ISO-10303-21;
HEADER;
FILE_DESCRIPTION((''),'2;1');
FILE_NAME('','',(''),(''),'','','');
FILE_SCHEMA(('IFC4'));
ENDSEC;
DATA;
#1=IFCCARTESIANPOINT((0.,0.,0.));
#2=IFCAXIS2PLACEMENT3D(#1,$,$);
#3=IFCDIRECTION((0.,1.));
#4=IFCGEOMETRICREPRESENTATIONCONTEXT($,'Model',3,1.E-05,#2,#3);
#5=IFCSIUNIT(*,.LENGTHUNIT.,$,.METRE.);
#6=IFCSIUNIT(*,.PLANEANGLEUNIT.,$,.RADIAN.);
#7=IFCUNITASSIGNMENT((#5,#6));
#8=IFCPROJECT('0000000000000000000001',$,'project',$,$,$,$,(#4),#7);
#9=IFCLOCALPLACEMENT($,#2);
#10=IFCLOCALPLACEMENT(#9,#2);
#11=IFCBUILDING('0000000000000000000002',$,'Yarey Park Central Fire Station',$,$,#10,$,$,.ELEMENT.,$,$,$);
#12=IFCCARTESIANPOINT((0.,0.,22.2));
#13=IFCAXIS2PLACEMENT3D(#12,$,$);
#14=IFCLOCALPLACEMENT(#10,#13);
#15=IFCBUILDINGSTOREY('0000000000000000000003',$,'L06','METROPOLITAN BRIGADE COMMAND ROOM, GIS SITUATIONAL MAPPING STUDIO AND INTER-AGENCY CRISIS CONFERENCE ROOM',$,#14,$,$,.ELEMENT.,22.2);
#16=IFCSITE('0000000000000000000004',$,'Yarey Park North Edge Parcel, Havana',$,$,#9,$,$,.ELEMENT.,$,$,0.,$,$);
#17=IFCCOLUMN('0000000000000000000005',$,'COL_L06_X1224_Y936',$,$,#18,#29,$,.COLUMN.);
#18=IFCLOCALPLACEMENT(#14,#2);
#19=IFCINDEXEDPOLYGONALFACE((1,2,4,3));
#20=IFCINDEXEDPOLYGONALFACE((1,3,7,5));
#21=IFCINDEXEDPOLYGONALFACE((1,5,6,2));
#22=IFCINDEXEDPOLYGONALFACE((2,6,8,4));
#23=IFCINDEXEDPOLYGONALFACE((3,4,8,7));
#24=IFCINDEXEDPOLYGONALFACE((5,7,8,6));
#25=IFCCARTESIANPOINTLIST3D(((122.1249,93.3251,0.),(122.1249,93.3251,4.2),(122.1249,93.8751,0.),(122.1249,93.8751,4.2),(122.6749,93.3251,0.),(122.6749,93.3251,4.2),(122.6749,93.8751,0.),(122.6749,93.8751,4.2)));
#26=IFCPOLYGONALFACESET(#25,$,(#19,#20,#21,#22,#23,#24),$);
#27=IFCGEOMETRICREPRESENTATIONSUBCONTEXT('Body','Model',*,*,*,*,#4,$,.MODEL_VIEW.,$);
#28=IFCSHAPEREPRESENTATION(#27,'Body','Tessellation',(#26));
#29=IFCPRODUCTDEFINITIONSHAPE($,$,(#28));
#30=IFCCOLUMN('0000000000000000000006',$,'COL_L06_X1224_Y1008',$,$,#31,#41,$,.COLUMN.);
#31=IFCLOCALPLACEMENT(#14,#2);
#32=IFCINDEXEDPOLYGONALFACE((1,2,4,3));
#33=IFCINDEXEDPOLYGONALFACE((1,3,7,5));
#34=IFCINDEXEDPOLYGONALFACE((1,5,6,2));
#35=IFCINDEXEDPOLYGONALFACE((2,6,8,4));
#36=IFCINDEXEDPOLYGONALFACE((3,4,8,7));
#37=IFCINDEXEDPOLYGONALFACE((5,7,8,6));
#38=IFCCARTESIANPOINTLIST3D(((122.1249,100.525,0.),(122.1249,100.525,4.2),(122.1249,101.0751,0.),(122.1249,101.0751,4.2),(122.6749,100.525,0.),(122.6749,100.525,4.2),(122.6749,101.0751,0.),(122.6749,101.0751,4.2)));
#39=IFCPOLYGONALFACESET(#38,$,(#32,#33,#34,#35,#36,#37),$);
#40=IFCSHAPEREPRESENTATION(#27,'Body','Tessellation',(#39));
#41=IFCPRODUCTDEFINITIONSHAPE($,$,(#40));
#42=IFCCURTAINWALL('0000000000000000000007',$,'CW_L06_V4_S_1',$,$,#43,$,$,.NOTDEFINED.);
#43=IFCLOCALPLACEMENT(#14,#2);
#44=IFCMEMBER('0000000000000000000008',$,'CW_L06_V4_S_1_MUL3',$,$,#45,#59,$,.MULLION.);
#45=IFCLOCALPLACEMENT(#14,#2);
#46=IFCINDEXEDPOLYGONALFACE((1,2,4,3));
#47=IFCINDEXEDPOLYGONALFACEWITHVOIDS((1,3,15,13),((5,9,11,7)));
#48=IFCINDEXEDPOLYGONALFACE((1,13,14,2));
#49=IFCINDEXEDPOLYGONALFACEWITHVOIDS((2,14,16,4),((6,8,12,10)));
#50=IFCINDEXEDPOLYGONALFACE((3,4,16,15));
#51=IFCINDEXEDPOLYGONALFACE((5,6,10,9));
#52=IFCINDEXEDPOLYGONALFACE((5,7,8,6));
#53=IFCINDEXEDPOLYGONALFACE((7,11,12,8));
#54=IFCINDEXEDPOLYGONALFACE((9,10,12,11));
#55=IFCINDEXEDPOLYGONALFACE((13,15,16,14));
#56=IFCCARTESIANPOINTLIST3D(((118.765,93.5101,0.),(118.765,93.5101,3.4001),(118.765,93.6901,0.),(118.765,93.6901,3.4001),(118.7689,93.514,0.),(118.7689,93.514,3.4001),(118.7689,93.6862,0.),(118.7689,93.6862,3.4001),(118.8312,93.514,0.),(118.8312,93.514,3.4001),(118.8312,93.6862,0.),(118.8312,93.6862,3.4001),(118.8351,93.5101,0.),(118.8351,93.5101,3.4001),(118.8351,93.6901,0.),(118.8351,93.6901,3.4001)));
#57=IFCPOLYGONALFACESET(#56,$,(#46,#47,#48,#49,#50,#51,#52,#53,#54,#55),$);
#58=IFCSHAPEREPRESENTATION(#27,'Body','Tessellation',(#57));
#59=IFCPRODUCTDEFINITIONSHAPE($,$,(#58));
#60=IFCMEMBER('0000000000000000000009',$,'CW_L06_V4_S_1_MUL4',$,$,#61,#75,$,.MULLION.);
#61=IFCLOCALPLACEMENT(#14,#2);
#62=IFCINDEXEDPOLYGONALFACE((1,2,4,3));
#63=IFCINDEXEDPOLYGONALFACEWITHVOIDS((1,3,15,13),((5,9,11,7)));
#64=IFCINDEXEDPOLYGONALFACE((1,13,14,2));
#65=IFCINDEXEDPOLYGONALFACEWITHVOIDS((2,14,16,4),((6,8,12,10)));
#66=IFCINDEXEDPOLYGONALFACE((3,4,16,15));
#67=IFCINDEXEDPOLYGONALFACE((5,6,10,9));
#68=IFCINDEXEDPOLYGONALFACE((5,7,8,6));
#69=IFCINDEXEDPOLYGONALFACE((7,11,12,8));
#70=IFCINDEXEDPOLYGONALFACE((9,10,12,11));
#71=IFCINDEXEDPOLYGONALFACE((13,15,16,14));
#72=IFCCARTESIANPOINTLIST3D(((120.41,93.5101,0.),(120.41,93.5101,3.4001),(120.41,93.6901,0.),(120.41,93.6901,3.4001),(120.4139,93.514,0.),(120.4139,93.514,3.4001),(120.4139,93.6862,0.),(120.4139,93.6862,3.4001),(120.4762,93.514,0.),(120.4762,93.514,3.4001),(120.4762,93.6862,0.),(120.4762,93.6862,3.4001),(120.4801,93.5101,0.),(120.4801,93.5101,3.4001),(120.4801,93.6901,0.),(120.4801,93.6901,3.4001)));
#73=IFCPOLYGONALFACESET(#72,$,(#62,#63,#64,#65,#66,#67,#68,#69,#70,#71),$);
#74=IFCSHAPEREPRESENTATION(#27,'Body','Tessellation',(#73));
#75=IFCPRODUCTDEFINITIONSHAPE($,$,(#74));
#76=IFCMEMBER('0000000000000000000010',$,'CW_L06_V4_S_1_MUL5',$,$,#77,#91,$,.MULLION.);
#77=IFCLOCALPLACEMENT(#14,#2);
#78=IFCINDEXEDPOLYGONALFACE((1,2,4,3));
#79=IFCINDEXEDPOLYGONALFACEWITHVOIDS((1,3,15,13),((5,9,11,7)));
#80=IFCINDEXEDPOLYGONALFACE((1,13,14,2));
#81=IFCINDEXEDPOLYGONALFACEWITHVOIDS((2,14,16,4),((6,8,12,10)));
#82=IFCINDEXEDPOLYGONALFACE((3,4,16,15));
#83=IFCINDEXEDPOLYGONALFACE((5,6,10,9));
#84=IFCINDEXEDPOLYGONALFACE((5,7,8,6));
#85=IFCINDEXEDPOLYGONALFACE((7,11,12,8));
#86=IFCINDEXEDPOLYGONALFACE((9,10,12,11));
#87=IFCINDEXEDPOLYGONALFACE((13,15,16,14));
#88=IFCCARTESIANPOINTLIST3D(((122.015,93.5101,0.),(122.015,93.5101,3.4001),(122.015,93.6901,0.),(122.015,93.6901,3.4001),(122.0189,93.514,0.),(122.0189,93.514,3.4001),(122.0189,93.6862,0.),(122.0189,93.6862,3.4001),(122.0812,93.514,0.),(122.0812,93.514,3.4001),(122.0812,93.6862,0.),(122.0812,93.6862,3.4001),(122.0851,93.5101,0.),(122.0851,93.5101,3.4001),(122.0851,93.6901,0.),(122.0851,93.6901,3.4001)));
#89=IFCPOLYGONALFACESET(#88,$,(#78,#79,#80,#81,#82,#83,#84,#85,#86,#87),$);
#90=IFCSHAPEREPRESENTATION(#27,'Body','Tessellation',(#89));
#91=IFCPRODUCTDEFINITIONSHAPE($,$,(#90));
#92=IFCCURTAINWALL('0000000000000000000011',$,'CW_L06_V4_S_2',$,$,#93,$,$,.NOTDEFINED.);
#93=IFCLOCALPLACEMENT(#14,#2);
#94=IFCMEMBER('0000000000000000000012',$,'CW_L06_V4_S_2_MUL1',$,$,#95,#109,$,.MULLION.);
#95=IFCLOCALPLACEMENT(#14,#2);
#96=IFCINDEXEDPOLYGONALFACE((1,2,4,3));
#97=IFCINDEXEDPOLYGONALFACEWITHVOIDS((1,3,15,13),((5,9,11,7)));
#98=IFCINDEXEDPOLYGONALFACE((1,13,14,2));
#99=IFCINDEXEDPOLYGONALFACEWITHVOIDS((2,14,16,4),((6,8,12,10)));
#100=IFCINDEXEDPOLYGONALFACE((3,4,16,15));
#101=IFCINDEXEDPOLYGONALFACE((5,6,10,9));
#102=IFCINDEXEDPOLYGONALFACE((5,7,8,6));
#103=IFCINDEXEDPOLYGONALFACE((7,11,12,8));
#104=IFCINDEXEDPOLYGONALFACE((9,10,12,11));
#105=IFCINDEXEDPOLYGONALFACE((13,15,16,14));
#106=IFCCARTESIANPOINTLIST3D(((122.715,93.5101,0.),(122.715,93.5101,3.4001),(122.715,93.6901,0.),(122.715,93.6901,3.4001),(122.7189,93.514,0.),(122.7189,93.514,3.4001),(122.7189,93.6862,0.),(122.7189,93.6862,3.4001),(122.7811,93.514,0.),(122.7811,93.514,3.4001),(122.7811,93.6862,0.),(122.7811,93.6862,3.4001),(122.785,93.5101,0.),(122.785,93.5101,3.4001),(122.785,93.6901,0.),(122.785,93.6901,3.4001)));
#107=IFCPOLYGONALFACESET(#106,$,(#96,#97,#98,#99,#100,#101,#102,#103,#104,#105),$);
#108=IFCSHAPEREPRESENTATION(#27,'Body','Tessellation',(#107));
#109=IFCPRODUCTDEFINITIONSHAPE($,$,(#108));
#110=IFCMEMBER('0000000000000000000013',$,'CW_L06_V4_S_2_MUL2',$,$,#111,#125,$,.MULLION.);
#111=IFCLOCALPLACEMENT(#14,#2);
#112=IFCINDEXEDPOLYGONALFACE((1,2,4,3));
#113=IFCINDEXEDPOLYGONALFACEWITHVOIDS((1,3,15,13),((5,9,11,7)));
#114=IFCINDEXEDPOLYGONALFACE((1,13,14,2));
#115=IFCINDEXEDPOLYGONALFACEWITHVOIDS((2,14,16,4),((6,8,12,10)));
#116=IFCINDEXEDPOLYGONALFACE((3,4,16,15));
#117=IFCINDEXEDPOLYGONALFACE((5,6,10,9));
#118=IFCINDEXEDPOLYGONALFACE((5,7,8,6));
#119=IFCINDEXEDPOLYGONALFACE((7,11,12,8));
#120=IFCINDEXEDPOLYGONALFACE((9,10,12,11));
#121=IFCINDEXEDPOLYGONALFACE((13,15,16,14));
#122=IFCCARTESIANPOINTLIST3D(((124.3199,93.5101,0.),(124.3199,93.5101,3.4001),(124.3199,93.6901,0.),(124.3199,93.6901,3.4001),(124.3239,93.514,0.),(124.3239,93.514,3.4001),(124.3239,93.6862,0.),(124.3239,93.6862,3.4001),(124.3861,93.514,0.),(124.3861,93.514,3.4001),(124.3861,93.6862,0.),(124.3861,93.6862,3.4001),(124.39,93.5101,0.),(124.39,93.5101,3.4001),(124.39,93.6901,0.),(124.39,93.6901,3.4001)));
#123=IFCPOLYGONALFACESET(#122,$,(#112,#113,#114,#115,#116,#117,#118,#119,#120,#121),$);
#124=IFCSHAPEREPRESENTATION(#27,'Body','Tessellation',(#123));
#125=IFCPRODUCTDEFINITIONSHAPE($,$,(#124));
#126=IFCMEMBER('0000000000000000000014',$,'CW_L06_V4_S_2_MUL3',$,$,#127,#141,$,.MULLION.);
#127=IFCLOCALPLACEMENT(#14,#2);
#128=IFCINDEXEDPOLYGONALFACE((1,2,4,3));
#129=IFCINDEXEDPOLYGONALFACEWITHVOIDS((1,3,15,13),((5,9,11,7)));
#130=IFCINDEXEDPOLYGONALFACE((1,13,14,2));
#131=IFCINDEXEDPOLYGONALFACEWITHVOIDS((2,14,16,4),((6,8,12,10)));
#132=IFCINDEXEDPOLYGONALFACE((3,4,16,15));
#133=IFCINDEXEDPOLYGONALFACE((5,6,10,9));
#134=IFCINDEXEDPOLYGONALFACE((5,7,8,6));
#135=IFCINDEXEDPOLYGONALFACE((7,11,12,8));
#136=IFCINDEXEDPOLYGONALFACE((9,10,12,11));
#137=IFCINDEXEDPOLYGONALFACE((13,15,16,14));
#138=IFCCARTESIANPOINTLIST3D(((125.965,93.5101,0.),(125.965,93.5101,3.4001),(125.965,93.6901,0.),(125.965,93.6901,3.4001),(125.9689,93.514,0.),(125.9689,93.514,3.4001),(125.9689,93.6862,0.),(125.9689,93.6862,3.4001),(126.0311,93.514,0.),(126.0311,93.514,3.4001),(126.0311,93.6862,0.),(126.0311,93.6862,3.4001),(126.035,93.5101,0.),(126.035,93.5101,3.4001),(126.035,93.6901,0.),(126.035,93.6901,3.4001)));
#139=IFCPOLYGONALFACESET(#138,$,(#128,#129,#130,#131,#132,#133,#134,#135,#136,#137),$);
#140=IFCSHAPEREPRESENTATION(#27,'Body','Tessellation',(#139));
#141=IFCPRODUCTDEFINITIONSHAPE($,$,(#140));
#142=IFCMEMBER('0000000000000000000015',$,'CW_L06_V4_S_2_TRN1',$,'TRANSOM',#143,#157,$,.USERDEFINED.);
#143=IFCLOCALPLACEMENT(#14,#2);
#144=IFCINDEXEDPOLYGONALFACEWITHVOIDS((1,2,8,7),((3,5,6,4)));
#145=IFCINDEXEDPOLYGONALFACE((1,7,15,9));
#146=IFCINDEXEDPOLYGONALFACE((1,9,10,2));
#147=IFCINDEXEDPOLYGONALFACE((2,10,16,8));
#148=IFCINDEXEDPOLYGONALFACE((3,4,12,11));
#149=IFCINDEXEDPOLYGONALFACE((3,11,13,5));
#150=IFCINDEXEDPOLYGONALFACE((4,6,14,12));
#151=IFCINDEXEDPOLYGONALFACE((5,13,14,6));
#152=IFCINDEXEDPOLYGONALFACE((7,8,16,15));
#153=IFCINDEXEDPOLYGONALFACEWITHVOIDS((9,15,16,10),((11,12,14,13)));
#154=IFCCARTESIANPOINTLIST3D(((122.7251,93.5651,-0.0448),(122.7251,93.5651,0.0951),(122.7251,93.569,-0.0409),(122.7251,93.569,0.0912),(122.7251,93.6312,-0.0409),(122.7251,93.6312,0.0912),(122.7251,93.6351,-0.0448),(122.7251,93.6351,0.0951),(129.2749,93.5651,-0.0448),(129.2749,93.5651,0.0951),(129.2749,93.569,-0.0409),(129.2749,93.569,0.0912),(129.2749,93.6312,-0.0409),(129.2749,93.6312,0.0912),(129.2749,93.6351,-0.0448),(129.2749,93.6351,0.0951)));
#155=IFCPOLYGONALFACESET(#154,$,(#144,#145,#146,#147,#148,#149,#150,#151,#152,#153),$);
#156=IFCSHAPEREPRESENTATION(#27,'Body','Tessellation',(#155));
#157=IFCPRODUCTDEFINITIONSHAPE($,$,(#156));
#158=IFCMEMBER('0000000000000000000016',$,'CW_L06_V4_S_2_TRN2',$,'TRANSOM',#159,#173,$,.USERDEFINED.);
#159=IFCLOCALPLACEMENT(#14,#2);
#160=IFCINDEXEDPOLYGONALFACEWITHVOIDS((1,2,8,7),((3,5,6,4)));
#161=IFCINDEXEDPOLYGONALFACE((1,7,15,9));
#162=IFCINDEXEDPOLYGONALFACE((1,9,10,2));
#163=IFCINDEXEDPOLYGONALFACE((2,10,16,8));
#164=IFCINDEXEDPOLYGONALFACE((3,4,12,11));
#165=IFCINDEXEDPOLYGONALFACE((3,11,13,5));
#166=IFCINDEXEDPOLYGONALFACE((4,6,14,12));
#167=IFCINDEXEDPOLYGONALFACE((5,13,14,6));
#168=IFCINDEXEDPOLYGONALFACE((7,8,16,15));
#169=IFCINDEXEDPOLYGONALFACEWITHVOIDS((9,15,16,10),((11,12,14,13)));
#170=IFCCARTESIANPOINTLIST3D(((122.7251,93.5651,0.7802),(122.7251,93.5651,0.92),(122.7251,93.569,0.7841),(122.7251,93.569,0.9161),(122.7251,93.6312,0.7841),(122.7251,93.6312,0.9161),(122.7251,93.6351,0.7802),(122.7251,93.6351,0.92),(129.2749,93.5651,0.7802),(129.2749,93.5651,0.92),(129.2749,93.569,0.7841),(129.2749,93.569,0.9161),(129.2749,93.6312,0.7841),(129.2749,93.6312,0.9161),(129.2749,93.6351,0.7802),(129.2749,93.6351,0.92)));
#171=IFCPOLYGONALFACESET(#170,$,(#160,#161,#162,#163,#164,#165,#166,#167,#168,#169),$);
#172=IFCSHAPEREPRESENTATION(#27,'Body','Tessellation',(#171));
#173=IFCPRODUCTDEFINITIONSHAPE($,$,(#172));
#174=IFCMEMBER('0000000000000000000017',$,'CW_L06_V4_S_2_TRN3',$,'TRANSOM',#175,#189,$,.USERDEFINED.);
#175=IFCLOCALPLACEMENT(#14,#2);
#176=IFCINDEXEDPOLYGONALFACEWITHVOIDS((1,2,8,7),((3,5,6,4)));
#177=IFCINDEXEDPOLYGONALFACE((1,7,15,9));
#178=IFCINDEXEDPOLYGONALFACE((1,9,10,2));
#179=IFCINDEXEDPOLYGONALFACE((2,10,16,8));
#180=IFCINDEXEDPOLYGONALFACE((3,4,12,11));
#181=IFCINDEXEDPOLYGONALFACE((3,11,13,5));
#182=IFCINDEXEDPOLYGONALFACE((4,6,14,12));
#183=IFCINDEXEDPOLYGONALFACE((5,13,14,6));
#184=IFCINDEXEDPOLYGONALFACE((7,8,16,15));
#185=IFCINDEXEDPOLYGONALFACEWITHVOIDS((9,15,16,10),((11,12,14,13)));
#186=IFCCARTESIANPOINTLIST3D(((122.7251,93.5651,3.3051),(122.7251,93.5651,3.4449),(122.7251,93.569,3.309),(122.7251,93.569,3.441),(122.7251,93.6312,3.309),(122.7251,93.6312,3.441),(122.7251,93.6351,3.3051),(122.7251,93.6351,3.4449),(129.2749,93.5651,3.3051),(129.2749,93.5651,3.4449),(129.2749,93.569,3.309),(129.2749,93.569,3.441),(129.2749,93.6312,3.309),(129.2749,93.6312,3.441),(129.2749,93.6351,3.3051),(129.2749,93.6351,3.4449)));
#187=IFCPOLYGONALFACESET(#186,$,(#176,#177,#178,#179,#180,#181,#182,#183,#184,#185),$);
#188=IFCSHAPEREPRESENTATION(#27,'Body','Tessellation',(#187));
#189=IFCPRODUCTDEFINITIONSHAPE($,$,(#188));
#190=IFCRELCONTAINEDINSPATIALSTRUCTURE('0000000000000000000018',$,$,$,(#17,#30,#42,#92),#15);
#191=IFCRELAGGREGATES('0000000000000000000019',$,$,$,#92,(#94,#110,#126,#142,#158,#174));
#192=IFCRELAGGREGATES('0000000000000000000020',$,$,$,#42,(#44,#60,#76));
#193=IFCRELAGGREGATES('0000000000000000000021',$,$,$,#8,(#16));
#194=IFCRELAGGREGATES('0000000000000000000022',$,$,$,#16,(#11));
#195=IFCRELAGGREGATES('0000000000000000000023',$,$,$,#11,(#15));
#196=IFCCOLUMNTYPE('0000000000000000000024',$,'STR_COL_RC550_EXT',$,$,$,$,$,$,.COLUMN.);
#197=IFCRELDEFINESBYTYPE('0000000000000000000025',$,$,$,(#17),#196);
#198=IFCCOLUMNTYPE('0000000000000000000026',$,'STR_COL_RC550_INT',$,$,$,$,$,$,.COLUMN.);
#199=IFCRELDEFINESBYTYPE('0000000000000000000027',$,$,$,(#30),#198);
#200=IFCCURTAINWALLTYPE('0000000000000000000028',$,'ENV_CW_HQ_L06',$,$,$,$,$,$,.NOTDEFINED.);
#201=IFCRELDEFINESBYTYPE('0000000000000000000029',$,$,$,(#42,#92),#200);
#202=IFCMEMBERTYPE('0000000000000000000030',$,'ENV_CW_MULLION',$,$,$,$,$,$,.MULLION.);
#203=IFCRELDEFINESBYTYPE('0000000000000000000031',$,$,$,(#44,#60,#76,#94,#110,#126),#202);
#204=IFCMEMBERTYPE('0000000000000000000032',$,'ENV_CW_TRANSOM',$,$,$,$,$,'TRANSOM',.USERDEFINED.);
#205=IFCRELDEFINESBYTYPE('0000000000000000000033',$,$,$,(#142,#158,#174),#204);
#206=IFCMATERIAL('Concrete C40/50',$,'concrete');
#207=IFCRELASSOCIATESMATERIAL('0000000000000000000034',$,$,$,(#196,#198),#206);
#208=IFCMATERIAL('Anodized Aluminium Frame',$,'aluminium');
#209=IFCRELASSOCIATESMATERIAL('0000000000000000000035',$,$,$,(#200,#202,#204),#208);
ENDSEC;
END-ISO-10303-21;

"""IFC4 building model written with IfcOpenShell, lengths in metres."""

from ifc_helpers import new_model, si_unit, direction, frame, origin, origin_2d, place, context, subcontext, project, spatial, rectangle, hollow_rectangle, extrude, material, material_profile, profile_set, type_object, element, aggregate, save


model = new_model("IFC4")

# Units and contexts
model_context = context("Model", 3, precision=1e-05, world=origin(), true_north=direction((0.0, 1.0)))
body_context = subcontext(model_context, "Body", "Model", "MODEL_VIEW")
ifc_project = project(units=[si_unit("LENGTHUNIT", "METRE"), si_unit("PLANEANGLEUNIT", "RADIAN")], contexts=[model_context])

# Site, building, storey
site_placement = place(None, origin())
site = spatial("IfcSite", under=ifc_project, at=site_placement, Name="Yarey Park North Edge Parcel, Havana", CompositionType="ELEMENT", RefElevation=0.0)
building_placement = place(site_placement, origin())
building = spatial("IfcBuilding", under=site, at=building_placement, Name="Yarey Park Central Fire Station", CompositionType="ELEMENT")
storey_placement = place(building_placement, frame((0.0, 0.0, 22.2)))
storey = spatial("IfcBuildingStorey", under=building, at=storey_placement, Name="L06", Description="METROPOLITAN BRIGADE COMMAND ROOM, GIS SITUATIONAL MAPPING STUDIO AND INTER-AGENCY CRISIS CONFERENCE ROOM", CompositionType="ELEMENT", Elevation=22.2)

# Columns
ifc_material_1 = material(Name="Concrete C40/50", Category="concrete")
ifc_material_profile_1 = material_profile(ifc_material_1, rectangle(XDim=0.55, YDim=0.55, at=origin_2d()), Name="RC 550x550")
ifc_profile_set_1 = profile_set([ifc_material_profile_1], Name="Concrete C40/50")
column_type_1 = type_object("IfcColumnType", Name="STR_COL_RC550_EXT", PredefinedType="COLUMN", material=ifc_profile_set_1)
column_1_placement = place(storey_placement, frame((122.3999, 93.6001, 0.0), z_axis=(0.0, 0.0, 1.0), x_axis=(1.0, 0.0, 0.0)))
element("IfcColumn", 1, at=column_1_placement, inside=storey, type_object=column_type_1, Name="COL_L06_X1224_Y936", PredefinedType="COLUMN", context=body_context, shape_type="SweptSolid", body=[
    extrude(rectangle(XDim=0.55, YDim=0.55, at=origin_2d()), origin(), (0.0, 0.0, 1.0), 4.2),
])
ifc_material_profile_2 = material_profile(ifc_material_1, rectangle(XDim=0.55, YDim=0.55, at=origin_2d()), Name="RC 550x550")
ifc_profile_set_2 = profile_set([ifc_material_profile_2], Name="Concrete C40/50")
column_type_2 = type_object("IfcColumnType", Name="STR_COL_RC550_INT", PredefinedType="COLUMN", material=ifc_profile_set_2)
column_2_placement = place(storey_placement, frame((122.3999, 100.8, 0.0), z_axis=(0.0, 0.0, 1.0), x_axis=(1.0, 0.0, 0.0)))
element("IfcColumn", 2, at=column_2_placement, inside=storey, type_object=column_type_2, Name="COL_L06_X1224_Y1008", PredefinedType="COLUMN", context=body_context, shape_type="SweptSolid", body=[
    extrude(rectangle(XDim=0.55, YDim=0.55, at=origin_2d()), origin(), (0.0, 0.0, 1.0), 4.2),
])

# Curtain walls, members
ifc_material_2 = material(Name="Anodized Aluminium Frame", Category="aluminium")
curtain_wall_type = type_object("IfcCurtainWallType", Name="ENV_CW_HQ_L06", PredefinedType="NOTDEFINED", material=ifc_material_2)
curtain_wall_1_placement = place(storey_placement, origin())
curtain_wall_1 = element("IfcCurtainWall", 3, at=curtain_wall_1_placement, inside=storey, type_object=curtain_wall_type, Name="CW_L06_V4_S_1", PredefinedType="NOTDEFINED")
ifc_material_profile_3 = material_profile(ifc_material_2, hollow_rectangle(XDim=0.0701, YDim=0.1799, WallThickness=0.0039, at=origin_2d()), Name="ALU 180x70x4")
ifc_profile_set_3 = profile_set([ifc_material_profile_3], Name="Anodized Aluminium Frame")
member_type_1 = type_object("IfcMemberType", Name="ENV_CW_MULLION", PredefinedType="MULLION", material=ifc_profile_set_3)
member_1_placement = place(storey_placement, frame((118.8, 93.6001, 0.0), z_axis=(0.0, 0.0, 1.0), x_axis=(1.0, 0.0, 0.0)))
member_1 = element("IfcMember", 4, at=member_1_placement, type_object=member_type_1, Name="CW_L06_V4_S_1_MUL3", PredefinedType="MULLION", context=body_context, shape_type="SweptSolid", body=[
    extrude(hollow_rectangle(XDim=0.0701, YDim=0.1799, WallThickness=0.0039, at=origin_2d()), origin(), (0.0, 0.0, 1.0), 3.4001),
])
member_2_placement = place(storey_placement, frame((120.4451, 93.6001, 0.0), z_axis=(0.0, 0.0, 1.0), x_axis=(1.0, 0.0, 0.0)))
member_2 = element("IfcMember", 5, at=member_2_placement, type_object=member_type_1, Name="CW_L06_V4_S_1_MUL4", PredefinedType="MULLION", context=body_context, shape_type="SweptSolid", body=[
    extrude(hollow_rectangle(XDim=0.0701, YDim=0.1799, WallThickness=0.0039, at=origin_2d()), origin(), (0.0, 0.0, 1.0), 3.4001),
])
member_3_placement = place(storey_placement, frame((122.05, 93.6001, 0.0), z_axis=(0.0, 0.0, 1.0), x_axis=(1.0, 0.0, 0.0)))
member_3 = element("IfcMember", 6, at=member_3_placement, type_object=member_type_1, Name="CW_L06_V4_S_1_MUL5", PredefinedType="MULLION", context=body_context, shape_type="SweptSolid", body=[
    extrude(hollow_rectangle(XDim=0.0701, YDim=0.1799, WallThickness=0.0039, at=origin_2d()), origin(), (0.0, 0.0, 1.0), 3.4001),
])
curtain_wall_2_placement = place(storey_placement, origin())
curtain_wall_2 = element("IfcCurtainWall", 7, at=curtain_wall_2_placement, inside=storey, type_object=curtain_wall_type, Name="CW_L06_V4_S_2", PredefinedType="NOTDEFINED")
member_4_placement = place(storey_placement, frame((122.75, 93.6001, 0.0), z_axis=(0.0, 0.0, 1.0), x_axis=(1.0, 0.0, 0.0)))
member_4 = element("IfcMember", 8, at=member_4_placement, type_object=member_type_1, Name="CW_L06_V4_S_2_MUL1", PredefinedType="MULLION", context=body_context, shape_type="SweptSolid", body=[
    extrude(hollow_rectangle(XDim=0.0701, YDim=0.1799, WallThickness=0.0039, at=origin_2d()), origin(), (0.0, 0.0, 1.0), 3.4001),
])
member_5_placement = place(storey_placement, frame((124.355, 93.6001, 0.0), z_axis=(0.0, 0.0, 1.0), x_axis=(1.0, 0.0, 0.0)))
member_5 = element("IfcMember", 9, at=member_5_placement, type_object=member_type_1, Name="CW_L06_V4_S_2_MUL2", PredefinedType="MULLION", context=body_context, shape_type="SweptSolid", body=[
    extrude(hollow_rectangle(XDim=0.0701, YDim=0.1799, WallThickness=0.0039, at=origin_2d()), origin(), (0.0, 0.0, 1.0), 3.4001),
])
member_6_placement = place(storey_placement, frame((126.0, 93.6001, 0.0), z_axis=(0.0, 0.0, 1.0), x_axis=(1.0, 0.0, 0.0)))
member_6 = element("IfcMember", 10, at=member_6_placement, type_object=member_type_1, Name="CW_L06_V4_S_2_MUL3", PredefinedType="MULLION", context=body_context, shape_type="SweptSolid", body=[
    extrude(hollow_rectangle(XDim=0.0701, YDim=0.1799, WallThickness=0.0039, at=origin_2d()), origin(), (0.0, 0.0, 1.0), 3.4001),
])
ifc_material_profile_4 = material_profile(ifc_material_2, hollow_rectangle(XDim=0.0701, YDim=0.1399, WallThickness=0.0039, at=origin_2d()), Name="ALU 140x70x4")
ifc_profile_set_4 = profile_set([ifc_material_profile_4], Name="Anodized Aluminium Frame")
member_type_2 = type_object("IfcMemberType", Name="ENV_CW_TRANSOM", ElementType="TRANSOM", PredefinedType="USERDEFINED", material=ifc_profile_set_4)
member_7_placement = place(storey_placement, frame((122.7251, 93.6001, 0.0251), z_axis=(1.0, 0.0, 0.0), x_axis=(0.0, 1.0, 0.0)))
member_7 = element("IfcMember", 11, at=member_7_placement, type_object=member_type_2, Name="CW_L06_V4_S_2_TRN1", ObjectType="TRANSOM", PredefinedType="USERDEFINED", context=body_context, shape_type="SweptSolid", body=[
    extrude(hollow_rectangle(XDim=0.0701, YDim=0.1399, WallThickness=0.0039, at=origin_2d()), origin(), (0.0, 0.0, 1.0), 6.5498),
])
member_8_placement = place(storey_placement, frame((122.7251, 93.6001, 0.8501), z_axis=(1.0, 0.0, 0.0), x_axis=(0.0, 1.0, 0.0)))
member_8 = element("IfcMember", 12, at=member_8_placement, type_object=member_type_2, Name="CW_L06_V4_S_2_TRN2", ObjectType="TRANSOM", PredefinedType="USERDEFINED", context=body_context, shape_type="SweptSolid", body=[
    extrude(hollow_rectangle(XDim=0.0701, YDim=0.1399, WallThickness=0.0039, at=origin_2d()), origin(), (0.0, 0.0, 1.0), 6.5498),
])
member_9_placement = place(storey_placement, frame((122.7251, 93.6001, 3.375), z_axis=(1.0, 0.0, 0.0), x_axis=(0.0, 1.0, 0.0)))
member_9 = element("IfcMember", 13, at=member_9_placement, type_object=member_type_2, Name="CW_L06_V4_S_2_TRN3", ObjectType="TRANSOM", PredefinedType="USERDEFINED", context=body_context, shape_type="SweptSolid", body=[
    extrude(hollow_rectangle(XDim=0.0701, YDim=0.1399, WallThickness=0.0039, at=origin_2d()), origin(), (0.0, 0.0, 1.0), 6.5498),
])

aggregate(curtain_wall_2, [member_4, member_5, member_6, member_7, member_8, member_9])
aggregate(curtain_wall_1, [member_1, member_2, member_3])

save(model, "model.ifc")
